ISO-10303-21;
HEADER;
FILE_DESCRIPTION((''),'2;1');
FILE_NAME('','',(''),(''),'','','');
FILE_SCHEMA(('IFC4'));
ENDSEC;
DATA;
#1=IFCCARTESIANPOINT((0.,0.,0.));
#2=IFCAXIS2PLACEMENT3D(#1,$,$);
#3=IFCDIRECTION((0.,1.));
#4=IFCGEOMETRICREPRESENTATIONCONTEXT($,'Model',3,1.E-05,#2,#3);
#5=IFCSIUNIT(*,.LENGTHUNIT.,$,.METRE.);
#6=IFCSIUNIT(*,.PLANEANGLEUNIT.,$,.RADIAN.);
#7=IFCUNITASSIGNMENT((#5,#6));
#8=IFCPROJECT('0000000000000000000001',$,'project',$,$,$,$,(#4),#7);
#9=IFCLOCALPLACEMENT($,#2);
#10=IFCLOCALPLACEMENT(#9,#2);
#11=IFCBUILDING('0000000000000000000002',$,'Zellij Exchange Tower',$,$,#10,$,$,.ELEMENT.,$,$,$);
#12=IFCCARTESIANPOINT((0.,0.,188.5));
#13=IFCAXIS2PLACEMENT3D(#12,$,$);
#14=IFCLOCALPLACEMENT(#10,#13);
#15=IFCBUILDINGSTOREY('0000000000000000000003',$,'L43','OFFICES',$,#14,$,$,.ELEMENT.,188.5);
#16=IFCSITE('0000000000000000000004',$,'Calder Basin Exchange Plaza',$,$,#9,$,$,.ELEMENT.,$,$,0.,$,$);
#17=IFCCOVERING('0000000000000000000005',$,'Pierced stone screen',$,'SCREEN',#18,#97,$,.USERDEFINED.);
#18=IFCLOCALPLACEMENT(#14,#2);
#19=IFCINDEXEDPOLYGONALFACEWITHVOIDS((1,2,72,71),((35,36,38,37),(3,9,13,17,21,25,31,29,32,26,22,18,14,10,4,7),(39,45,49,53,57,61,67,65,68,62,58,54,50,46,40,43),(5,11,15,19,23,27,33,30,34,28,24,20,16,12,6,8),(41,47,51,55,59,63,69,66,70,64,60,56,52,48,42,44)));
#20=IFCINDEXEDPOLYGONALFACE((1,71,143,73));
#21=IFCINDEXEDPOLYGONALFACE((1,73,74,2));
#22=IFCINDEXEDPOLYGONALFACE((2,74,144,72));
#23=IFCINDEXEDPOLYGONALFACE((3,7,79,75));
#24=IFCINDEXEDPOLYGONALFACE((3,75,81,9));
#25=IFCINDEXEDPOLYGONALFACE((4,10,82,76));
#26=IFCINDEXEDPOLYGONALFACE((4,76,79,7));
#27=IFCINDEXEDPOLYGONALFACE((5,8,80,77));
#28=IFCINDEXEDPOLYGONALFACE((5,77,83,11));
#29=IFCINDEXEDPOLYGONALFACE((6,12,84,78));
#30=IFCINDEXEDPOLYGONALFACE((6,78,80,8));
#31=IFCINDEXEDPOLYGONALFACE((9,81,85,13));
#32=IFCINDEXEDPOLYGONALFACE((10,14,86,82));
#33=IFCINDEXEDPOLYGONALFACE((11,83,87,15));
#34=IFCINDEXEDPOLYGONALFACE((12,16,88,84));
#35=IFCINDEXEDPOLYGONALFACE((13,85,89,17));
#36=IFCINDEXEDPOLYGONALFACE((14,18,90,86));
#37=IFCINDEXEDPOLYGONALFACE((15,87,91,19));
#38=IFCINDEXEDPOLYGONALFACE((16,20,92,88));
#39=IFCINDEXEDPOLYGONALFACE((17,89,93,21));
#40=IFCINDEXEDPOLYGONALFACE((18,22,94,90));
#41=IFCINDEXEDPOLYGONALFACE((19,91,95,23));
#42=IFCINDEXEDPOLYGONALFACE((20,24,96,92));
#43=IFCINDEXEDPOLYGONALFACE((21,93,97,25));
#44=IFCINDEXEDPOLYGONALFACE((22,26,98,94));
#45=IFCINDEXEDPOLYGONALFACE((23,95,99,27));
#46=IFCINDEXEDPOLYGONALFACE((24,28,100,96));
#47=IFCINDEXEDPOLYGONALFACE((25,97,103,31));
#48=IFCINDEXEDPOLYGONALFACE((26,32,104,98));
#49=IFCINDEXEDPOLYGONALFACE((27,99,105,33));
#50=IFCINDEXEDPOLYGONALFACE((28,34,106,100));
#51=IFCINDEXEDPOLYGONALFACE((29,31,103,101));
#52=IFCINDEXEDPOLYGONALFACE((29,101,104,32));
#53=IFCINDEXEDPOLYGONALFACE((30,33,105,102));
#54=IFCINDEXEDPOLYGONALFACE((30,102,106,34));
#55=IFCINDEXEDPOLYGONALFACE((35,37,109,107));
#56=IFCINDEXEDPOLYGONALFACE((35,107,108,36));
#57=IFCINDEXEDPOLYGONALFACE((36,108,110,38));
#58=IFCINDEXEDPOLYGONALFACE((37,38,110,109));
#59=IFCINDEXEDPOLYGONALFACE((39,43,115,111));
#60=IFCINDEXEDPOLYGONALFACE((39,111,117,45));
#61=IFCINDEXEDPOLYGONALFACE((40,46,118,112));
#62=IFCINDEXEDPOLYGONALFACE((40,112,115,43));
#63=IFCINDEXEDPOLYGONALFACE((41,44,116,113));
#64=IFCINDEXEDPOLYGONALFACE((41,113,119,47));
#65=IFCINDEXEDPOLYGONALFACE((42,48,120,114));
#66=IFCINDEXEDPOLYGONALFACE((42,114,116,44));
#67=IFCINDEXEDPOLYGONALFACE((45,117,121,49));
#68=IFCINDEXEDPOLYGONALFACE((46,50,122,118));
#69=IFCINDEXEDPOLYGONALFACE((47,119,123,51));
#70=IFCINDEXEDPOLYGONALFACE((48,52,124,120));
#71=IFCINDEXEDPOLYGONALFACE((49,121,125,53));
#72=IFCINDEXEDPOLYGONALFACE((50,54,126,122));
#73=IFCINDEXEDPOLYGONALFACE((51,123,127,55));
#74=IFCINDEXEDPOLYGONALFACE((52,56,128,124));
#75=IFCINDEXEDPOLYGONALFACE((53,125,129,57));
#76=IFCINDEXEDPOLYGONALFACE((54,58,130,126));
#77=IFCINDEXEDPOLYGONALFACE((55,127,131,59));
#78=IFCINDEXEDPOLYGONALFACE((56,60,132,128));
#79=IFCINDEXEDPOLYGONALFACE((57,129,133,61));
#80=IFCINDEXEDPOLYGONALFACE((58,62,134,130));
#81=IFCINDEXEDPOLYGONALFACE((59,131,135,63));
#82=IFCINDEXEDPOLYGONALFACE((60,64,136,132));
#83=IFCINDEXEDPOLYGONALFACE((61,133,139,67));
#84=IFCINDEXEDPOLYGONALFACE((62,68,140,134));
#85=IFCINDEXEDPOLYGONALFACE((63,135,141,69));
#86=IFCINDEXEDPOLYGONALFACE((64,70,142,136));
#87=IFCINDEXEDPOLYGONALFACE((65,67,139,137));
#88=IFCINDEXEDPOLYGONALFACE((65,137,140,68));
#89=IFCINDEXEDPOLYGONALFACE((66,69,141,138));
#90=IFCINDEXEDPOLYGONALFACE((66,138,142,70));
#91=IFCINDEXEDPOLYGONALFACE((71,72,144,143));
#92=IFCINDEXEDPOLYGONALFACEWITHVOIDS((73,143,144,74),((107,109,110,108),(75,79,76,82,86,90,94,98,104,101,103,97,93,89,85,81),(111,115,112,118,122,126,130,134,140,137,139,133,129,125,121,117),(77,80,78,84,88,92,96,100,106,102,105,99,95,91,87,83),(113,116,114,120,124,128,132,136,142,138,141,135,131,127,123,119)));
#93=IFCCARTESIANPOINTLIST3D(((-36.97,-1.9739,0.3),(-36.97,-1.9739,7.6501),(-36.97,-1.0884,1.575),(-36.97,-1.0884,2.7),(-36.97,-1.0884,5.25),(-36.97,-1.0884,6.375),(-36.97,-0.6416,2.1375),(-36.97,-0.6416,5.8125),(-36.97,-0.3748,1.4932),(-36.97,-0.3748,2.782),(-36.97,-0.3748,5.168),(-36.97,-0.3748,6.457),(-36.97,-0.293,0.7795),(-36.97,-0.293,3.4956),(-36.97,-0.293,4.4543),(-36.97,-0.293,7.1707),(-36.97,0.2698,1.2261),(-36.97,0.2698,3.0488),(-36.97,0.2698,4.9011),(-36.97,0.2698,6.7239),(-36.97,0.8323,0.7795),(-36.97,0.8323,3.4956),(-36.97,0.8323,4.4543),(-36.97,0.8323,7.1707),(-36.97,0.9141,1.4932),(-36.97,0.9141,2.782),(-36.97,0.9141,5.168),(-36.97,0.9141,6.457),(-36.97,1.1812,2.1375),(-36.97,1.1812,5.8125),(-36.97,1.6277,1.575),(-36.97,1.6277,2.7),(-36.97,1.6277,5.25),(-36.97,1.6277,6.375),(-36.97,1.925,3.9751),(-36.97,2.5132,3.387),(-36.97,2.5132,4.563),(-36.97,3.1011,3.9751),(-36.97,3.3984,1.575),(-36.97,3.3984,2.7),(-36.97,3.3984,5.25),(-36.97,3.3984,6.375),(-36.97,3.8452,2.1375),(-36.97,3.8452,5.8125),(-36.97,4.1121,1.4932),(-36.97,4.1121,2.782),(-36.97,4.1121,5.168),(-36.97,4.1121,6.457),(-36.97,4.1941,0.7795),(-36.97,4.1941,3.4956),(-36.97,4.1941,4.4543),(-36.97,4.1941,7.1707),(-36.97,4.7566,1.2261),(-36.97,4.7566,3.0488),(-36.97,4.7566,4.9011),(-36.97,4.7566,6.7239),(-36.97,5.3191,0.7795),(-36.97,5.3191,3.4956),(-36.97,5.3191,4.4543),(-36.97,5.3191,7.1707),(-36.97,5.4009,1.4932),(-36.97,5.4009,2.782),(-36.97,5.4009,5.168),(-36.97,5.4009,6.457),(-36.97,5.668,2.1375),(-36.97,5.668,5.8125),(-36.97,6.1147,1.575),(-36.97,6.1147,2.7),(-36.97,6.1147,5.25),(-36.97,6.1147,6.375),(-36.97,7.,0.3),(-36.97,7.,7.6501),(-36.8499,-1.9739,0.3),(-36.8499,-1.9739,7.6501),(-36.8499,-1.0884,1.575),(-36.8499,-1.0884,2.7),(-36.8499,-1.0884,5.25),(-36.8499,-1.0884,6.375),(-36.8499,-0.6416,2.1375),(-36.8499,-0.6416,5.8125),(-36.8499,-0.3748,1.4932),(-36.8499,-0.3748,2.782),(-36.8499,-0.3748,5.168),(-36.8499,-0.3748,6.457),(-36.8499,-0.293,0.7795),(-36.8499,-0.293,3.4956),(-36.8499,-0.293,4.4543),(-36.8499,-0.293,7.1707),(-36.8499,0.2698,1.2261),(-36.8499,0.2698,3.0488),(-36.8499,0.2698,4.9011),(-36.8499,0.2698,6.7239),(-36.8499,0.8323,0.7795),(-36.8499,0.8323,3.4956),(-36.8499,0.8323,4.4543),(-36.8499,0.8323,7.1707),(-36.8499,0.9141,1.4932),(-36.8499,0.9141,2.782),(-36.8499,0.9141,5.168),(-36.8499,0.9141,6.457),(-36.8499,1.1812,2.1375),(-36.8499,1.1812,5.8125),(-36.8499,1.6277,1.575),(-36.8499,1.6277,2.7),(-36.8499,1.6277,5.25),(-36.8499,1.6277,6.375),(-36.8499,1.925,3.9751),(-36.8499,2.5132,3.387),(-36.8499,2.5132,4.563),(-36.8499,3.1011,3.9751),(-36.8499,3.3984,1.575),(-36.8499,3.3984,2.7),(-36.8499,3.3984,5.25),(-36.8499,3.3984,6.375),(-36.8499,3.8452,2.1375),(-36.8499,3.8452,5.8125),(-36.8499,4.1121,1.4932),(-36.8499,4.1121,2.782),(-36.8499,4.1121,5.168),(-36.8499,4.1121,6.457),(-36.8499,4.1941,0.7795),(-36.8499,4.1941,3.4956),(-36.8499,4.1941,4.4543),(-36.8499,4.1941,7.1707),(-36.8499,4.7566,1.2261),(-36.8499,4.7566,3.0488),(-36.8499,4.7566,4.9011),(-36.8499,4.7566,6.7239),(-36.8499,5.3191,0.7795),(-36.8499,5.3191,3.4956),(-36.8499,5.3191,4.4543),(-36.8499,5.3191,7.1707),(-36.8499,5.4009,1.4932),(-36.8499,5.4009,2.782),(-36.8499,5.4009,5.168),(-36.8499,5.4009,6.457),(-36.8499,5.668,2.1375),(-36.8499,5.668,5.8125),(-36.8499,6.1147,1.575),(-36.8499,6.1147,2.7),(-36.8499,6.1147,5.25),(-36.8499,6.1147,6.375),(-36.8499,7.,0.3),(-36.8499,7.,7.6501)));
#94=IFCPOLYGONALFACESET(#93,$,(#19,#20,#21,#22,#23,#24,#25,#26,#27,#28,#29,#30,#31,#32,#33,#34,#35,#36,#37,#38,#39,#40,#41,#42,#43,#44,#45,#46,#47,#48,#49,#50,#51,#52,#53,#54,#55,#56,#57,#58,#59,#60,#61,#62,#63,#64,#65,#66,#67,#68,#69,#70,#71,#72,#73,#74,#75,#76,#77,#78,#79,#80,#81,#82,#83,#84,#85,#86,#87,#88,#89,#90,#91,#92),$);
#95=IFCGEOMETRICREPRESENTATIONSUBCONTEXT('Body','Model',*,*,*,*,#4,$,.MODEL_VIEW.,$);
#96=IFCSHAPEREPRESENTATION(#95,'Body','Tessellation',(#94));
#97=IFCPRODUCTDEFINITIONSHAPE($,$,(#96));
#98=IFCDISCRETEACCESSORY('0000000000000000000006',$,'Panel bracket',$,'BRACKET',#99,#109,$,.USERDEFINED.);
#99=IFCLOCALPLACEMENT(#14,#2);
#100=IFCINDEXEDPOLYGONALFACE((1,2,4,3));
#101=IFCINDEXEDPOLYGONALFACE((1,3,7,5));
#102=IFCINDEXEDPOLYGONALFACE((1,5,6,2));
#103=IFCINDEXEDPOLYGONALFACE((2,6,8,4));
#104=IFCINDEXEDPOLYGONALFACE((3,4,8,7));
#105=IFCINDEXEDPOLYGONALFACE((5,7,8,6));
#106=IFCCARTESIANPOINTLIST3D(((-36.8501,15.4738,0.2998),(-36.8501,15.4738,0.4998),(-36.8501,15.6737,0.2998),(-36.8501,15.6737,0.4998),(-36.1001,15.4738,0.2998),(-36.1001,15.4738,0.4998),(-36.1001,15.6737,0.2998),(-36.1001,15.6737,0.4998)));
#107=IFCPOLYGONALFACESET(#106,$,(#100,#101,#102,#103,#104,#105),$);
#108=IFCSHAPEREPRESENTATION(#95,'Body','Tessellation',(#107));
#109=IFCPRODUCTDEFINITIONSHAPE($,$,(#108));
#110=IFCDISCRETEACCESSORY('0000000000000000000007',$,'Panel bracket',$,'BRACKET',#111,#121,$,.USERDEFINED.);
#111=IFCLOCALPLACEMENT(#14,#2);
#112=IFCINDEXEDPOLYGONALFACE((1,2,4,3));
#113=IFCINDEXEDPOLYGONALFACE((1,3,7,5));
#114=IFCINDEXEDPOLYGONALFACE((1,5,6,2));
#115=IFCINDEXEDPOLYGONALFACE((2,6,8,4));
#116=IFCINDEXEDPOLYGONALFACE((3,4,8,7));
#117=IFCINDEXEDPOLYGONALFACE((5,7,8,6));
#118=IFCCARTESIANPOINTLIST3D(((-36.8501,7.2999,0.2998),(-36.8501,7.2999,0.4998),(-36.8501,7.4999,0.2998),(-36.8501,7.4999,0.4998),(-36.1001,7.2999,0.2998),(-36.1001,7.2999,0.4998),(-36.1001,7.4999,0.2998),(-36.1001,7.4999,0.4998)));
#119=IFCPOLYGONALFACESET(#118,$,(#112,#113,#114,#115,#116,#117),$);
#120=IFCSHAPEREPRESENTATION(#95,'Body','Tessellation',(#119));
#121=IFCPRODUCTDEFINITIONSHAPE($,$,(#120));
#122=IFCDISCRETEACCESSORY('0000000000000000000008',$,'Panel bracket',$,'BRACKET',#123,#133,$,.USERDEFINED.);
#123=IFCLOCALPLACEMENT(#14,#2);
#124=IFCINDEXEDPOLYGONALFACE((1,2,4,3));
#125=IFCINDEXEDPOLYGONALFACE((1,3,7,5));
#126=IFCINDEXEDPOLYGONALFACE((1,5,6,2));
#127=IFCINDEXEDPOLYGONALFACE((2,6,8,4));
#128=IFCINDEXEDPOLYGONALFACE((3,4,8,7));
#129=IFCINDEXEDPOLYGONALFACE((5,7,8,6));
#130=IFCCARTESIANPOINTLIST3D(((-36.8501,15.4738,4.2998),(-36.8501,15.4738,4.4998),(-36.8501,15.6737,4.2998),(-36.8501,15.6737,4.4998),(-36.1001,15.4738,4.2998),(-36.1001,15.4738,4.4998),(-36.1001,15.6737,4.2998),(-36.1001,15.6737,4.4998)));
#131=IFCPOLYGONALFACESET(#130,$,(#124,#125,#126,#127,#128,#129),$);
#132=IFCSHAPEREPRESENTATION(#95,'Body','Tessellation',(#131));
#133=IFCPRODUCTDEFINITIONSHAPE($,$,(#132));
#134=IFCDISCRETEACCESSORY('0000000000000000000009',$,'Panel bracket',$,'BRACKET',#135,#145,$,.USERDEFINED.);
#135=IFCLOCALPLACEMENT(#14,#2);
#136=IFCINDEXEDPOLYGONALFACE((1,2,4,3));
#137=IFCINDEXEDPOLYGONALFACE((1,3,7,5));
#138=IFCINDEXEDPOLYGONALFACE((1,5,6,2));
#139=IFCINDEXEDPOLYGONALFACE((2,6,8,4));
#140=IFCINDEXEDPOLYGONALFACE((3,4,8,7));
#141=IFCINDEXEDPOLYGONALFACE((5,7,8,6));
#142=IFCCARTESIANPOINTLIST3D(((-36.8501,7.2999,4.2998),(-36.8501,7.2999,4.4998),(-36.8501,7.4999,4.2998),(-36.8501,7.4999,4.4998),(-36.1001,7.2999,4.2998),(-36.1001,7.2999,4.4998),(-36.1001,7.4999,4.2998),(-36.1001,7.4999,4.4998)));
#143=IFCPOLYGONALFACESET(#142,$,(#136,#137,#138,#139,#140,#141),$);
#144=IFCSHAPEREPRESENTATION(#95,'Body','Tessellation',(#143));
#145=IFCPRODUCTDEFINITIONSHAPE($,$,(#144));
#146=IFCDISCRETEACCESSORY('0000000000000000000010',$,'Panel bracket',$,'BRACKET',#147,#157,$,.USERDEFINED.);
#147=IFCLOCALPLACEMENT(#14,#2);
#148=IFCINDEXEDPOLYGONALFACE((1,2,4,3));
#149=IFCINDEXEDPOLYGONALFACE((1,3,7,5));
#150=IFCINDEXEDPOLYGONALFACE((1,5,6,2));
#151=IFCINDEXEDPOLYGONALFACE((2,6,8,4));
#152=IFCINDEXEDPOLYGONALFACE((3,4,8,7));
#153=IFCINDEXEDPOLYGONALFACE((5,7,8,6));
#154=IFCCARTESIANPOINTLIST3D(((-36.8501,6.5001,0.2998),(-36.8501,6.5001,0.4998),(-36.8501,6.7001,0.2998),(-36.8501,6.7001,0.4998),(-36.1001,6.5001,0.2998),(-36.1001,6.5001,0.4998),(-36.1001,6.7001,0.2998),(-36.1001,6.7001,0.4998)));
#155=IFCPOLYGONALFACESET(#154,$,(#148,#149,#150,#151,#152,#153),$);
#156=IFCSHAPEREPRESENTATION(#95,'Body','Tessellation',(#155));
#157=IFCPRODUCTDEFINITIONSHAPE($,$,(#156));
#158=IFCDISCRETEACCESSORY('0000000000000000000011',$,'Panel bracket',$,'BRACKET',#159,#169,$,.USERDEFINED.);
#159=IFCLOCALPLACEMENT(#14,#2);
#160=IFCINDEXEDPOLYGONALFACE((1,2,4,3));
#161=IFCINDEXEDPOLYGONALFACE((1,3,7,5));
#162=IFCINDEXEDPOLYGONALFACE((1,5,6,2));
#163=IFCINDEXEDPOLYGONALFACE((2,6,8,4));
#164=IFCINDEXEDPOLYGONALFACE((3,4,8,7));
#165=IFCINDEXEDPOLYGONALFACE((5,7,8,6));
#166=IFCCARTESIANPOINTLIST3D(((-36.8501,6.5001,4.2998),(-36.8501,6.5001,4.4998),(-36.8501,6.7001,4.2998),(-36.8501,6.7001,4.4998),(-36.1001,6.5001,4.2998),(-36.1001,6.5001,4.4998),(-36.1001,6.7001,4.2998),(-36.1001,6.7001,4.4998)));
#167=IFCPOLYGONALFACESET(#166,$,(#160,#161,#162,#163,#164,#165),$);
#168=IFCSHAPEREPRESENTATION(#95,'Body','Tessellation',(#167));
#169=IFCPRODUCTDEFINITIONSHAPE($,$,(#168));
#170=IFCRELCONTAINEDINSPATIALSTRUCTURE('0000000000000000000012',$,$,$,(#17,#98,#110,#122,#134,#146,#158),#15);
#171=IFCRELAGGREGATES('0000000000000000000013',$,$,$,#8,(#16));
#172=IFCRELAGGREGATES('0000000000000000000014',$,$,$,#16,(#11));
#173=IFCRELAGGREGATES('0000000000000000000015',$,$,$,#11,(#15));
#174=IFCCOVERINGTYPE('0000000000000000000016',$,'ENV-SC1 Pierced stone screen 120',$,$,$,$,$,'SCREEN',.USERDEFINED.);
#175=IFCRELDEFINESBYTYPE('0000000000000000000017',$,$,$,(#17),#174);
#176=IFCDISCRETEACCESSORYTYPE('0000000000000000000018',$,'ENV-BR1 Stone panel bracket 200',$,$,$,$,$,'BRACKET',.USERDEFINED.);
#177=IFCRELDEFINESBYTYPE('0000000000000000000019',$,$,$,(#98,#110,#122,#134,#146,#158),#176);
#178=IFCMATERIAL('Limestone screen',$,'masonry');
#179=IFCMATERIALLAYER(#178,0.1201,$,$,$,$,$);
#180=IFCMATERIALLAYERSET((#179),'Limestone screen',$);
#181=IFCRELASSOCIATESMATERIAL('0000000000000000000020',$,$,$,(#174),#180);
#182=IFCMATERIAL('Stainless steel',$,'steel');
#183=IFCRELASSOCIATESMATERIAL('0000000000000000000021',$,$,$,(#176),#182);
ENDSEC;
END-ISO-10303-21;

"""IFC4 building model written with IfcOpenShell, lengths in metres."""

from ifc_helpers import new_model, si_unit, direction, frame, origin, origin_2d, place, context, subcontext, project, spatial, polyline, rectangle, outline, extrude, material, layer, layer_set, type_object, element, save


model = new_model("IFC4")

# Units and contexts
model_context = context("Model", 3, precision=1e-05, world=origin(), true_north=direction((0.0, 1.0)))
body_context = subcontext(model_context, "Body", "Model", "MODEL_VIEW")
ifc_project = project(units=[si_unit("LENGTHUNIT", "METRE"), si_unit("PLANEANGLEUNIT", "RADIAN")], contexts=[model_context])

# Site, building, storey
site_placement = place(None, origin())
site = spatial("IfcSite", under=ifc_project, at=site_placement, Name="Calder Basin Exchange Plaza", CompositionType="ELEMENT", RefElevation=0.0)
building_placement = place(site_placement, origin())
building = spatial("IfcBuilding", under=site, at=building_placement, Name="Zellij Exchange Tower", CompositionType="ELEMENT")
storey_placement = place(building_placement, frame((0.0, 0.0, 188.5)))
storey = spatial("IfcBuildingStorey", under=building, at=storey_placement, Name="L43", Description="OFFICES", CompositionType="ELEMENT", Elevation=188.5)

# Covering
ifc_material_1 = material(Name="Limestone screen", Category="masonry")
ifc_layer_1 = layer(ifc_material_1, 0.1201)
ifc_layer_set_1 = layer_set([ifc_layer_1], Name="Limestone screen")
covering_type = type_object("IfcCoveringType", Name="ENV-SC1 Pierced stone screen 120", ElementType="SCREEN", PredefinedType="USERDEFINED", material=ifc_layer_set_1)
covering_placement = place(storey_placement, frame((-36.9099, 7.0, 0.3), z_axis=(0.0, 0.0, 1.0), x_axis=(0.0, -1.0, 0.0)))
element("IfcCovering", 1, at=covering_placement, inside=storey, type_object=covering_type, Name="Pierced stone screen", ObjectType="SCREEN", PredefinedType="USERDEFINED", context=body_context, shape_type="SweptSolid", body=[
    extrude(outline(polyline([(0.0, 0.0), (8.9739, 0.0), (8.9739, 7.3501), (0.0, 7.3501), (0.0, 0.0)]), holes=[polyline([(3.6016, 2.3999), (2.8879, 2.4819), (2.8059, 3.1956), (2.2434, 2.7488), (1.6809, 3.1956), (1.5991, 2.4819), (0.8853, 2.3999), (1.332, 1.8374), (0.8853, 1.2749), (1.5991, 1.1931), (1.6809, 0.4795), (2.2434, 0.926), (2.8059, 0.4795), (2.8879, 1.1931), (3.6016, 1.2749), (3.1548, 1.8374), (3.6016, 2.3999)]), polyline([(3.6016, 6.075), (2.8879, 6.157), (2.8059, 6.8706), (2.2434, 6.4238), (1.6809, 6.8706), (1.5991, 6.157), (0.8853, 6.075), (1.332, 5.5125), (0.8853, 4.95), (1.5991, 4.8679), (1.6809, 4.1543), (2.2434, 4.6011), (2.8059, 4.1543), (2.8879, 4.8679), (3.6016, 4.95), (3.1548, 5.5125), (3.6016, 6.075)]), polyline([(8.0884, 2.3999), (7.3748, 2.4819), (7.293, 3.1956), (6.7302, 2.7488), (6.1677, 3.1956), (6.0859, 2.4819), (5.3723, 2.3999), (5.8188, 1.8374), (5.3723, 1.2749), (6.0859, 1.1931), (6.1677, 0.4795), (6.7302, 0.926), (7.293, 0.4795), (7.3748, 1.1931), (8.0884, 1.2749), (7.6416, 1.8374), (8.0884, 2.3999)]), polyline([(8.0884, 6.075), (7.3748, 6.157), (7.293, 6.8706), (6.7302, 6.4238), (6.1677, 6.8706), (6.0859, 6.157), (5.3723, 6.075), (5.8188, 5.5125), (5.3723, 4.95), (6.0859, 4.8679), (6.1677, 4.1543), (6.7302, 4.6011), (7.293, 4.1543), (7.3748, 4.8679), (8.0884, 4.95), (7.6416, 5.5125), (8.0884, 6.075)]), polyline([(5.075, 3.675), (4.4868, 4.2629), (3.8989, 3.675), (4.4868, 3.0869), (5.075, 3.675)])]), frame((0.0, 0.0601, 0.0), z_axis=(0.0, -1.0, 0.0), x_axis=(1.0, 0.0, 0.0)), (0.0, 0.0, 1.0), 0.1201),
])

# Discrete accessories
ifc_material_2 = material(Name="Stainless steel", Category="steel")
discrete_accessory_type = type_object("IfcDiscreteAccessoryType", Name="ENV-BR1 Stone panel bracket 200", ElementType="BRACKET", PredefinedType="USERDEFINED", material=ifc_material_2)
for number, where, z_axis, x_axis, name in (
    (2, (-36.4751, 15.5737, 0.2998), (0.0, 0.0, 1.0), (0.0, -1.0, 0.0), "Panel bracket"),
    (3, (-36.4751, 7.3999, 0.2998), (0.0, 0.0, 1.0), (0.0, -1.0, 0.0), "Panel bracket"),
    (4, (-36.4751, 15.5737, 4.2998), (0.0, 0.0, 1.0), (0.0, -1.0, 0.0), "Panel bracket"),
    (5, (-36.4751, 7.3999, 4.2998), (0.0, 0.0, 1.0), (0.0, -1.0, 0.0), "Panel bracket"),
    (6, (-36.4751, 6.6001, 0.2998), (0.0, 0.0, 1.0), (0.0, -1.0, 0.0), "Panel bracket"),
    (7, (-36.4751, 6.6001, 4.2998), (0.0, 0.0, 1.0), (0.0, -1.0, 0.0), "Panel bracket"),
):
    element("IfcDiscreteAccessory", number, at=place(storey_placement, frame(where, z_axis=z_axis, x_axis=x_axis)), inside=storey, type_object=discrete_accessory_type, Name=name, ObjectType="BRACKET", PredefinedType="USERDEFINED", context=body_context, shape_type="SweptSolid", body=[
        extrude(rectangle(XDim=0.2, YDim=0.75, at=origin_2d()), origin(), (0.0, 0.0, 1.0), 0.2),
    ])

save(model, "model.ifc")
